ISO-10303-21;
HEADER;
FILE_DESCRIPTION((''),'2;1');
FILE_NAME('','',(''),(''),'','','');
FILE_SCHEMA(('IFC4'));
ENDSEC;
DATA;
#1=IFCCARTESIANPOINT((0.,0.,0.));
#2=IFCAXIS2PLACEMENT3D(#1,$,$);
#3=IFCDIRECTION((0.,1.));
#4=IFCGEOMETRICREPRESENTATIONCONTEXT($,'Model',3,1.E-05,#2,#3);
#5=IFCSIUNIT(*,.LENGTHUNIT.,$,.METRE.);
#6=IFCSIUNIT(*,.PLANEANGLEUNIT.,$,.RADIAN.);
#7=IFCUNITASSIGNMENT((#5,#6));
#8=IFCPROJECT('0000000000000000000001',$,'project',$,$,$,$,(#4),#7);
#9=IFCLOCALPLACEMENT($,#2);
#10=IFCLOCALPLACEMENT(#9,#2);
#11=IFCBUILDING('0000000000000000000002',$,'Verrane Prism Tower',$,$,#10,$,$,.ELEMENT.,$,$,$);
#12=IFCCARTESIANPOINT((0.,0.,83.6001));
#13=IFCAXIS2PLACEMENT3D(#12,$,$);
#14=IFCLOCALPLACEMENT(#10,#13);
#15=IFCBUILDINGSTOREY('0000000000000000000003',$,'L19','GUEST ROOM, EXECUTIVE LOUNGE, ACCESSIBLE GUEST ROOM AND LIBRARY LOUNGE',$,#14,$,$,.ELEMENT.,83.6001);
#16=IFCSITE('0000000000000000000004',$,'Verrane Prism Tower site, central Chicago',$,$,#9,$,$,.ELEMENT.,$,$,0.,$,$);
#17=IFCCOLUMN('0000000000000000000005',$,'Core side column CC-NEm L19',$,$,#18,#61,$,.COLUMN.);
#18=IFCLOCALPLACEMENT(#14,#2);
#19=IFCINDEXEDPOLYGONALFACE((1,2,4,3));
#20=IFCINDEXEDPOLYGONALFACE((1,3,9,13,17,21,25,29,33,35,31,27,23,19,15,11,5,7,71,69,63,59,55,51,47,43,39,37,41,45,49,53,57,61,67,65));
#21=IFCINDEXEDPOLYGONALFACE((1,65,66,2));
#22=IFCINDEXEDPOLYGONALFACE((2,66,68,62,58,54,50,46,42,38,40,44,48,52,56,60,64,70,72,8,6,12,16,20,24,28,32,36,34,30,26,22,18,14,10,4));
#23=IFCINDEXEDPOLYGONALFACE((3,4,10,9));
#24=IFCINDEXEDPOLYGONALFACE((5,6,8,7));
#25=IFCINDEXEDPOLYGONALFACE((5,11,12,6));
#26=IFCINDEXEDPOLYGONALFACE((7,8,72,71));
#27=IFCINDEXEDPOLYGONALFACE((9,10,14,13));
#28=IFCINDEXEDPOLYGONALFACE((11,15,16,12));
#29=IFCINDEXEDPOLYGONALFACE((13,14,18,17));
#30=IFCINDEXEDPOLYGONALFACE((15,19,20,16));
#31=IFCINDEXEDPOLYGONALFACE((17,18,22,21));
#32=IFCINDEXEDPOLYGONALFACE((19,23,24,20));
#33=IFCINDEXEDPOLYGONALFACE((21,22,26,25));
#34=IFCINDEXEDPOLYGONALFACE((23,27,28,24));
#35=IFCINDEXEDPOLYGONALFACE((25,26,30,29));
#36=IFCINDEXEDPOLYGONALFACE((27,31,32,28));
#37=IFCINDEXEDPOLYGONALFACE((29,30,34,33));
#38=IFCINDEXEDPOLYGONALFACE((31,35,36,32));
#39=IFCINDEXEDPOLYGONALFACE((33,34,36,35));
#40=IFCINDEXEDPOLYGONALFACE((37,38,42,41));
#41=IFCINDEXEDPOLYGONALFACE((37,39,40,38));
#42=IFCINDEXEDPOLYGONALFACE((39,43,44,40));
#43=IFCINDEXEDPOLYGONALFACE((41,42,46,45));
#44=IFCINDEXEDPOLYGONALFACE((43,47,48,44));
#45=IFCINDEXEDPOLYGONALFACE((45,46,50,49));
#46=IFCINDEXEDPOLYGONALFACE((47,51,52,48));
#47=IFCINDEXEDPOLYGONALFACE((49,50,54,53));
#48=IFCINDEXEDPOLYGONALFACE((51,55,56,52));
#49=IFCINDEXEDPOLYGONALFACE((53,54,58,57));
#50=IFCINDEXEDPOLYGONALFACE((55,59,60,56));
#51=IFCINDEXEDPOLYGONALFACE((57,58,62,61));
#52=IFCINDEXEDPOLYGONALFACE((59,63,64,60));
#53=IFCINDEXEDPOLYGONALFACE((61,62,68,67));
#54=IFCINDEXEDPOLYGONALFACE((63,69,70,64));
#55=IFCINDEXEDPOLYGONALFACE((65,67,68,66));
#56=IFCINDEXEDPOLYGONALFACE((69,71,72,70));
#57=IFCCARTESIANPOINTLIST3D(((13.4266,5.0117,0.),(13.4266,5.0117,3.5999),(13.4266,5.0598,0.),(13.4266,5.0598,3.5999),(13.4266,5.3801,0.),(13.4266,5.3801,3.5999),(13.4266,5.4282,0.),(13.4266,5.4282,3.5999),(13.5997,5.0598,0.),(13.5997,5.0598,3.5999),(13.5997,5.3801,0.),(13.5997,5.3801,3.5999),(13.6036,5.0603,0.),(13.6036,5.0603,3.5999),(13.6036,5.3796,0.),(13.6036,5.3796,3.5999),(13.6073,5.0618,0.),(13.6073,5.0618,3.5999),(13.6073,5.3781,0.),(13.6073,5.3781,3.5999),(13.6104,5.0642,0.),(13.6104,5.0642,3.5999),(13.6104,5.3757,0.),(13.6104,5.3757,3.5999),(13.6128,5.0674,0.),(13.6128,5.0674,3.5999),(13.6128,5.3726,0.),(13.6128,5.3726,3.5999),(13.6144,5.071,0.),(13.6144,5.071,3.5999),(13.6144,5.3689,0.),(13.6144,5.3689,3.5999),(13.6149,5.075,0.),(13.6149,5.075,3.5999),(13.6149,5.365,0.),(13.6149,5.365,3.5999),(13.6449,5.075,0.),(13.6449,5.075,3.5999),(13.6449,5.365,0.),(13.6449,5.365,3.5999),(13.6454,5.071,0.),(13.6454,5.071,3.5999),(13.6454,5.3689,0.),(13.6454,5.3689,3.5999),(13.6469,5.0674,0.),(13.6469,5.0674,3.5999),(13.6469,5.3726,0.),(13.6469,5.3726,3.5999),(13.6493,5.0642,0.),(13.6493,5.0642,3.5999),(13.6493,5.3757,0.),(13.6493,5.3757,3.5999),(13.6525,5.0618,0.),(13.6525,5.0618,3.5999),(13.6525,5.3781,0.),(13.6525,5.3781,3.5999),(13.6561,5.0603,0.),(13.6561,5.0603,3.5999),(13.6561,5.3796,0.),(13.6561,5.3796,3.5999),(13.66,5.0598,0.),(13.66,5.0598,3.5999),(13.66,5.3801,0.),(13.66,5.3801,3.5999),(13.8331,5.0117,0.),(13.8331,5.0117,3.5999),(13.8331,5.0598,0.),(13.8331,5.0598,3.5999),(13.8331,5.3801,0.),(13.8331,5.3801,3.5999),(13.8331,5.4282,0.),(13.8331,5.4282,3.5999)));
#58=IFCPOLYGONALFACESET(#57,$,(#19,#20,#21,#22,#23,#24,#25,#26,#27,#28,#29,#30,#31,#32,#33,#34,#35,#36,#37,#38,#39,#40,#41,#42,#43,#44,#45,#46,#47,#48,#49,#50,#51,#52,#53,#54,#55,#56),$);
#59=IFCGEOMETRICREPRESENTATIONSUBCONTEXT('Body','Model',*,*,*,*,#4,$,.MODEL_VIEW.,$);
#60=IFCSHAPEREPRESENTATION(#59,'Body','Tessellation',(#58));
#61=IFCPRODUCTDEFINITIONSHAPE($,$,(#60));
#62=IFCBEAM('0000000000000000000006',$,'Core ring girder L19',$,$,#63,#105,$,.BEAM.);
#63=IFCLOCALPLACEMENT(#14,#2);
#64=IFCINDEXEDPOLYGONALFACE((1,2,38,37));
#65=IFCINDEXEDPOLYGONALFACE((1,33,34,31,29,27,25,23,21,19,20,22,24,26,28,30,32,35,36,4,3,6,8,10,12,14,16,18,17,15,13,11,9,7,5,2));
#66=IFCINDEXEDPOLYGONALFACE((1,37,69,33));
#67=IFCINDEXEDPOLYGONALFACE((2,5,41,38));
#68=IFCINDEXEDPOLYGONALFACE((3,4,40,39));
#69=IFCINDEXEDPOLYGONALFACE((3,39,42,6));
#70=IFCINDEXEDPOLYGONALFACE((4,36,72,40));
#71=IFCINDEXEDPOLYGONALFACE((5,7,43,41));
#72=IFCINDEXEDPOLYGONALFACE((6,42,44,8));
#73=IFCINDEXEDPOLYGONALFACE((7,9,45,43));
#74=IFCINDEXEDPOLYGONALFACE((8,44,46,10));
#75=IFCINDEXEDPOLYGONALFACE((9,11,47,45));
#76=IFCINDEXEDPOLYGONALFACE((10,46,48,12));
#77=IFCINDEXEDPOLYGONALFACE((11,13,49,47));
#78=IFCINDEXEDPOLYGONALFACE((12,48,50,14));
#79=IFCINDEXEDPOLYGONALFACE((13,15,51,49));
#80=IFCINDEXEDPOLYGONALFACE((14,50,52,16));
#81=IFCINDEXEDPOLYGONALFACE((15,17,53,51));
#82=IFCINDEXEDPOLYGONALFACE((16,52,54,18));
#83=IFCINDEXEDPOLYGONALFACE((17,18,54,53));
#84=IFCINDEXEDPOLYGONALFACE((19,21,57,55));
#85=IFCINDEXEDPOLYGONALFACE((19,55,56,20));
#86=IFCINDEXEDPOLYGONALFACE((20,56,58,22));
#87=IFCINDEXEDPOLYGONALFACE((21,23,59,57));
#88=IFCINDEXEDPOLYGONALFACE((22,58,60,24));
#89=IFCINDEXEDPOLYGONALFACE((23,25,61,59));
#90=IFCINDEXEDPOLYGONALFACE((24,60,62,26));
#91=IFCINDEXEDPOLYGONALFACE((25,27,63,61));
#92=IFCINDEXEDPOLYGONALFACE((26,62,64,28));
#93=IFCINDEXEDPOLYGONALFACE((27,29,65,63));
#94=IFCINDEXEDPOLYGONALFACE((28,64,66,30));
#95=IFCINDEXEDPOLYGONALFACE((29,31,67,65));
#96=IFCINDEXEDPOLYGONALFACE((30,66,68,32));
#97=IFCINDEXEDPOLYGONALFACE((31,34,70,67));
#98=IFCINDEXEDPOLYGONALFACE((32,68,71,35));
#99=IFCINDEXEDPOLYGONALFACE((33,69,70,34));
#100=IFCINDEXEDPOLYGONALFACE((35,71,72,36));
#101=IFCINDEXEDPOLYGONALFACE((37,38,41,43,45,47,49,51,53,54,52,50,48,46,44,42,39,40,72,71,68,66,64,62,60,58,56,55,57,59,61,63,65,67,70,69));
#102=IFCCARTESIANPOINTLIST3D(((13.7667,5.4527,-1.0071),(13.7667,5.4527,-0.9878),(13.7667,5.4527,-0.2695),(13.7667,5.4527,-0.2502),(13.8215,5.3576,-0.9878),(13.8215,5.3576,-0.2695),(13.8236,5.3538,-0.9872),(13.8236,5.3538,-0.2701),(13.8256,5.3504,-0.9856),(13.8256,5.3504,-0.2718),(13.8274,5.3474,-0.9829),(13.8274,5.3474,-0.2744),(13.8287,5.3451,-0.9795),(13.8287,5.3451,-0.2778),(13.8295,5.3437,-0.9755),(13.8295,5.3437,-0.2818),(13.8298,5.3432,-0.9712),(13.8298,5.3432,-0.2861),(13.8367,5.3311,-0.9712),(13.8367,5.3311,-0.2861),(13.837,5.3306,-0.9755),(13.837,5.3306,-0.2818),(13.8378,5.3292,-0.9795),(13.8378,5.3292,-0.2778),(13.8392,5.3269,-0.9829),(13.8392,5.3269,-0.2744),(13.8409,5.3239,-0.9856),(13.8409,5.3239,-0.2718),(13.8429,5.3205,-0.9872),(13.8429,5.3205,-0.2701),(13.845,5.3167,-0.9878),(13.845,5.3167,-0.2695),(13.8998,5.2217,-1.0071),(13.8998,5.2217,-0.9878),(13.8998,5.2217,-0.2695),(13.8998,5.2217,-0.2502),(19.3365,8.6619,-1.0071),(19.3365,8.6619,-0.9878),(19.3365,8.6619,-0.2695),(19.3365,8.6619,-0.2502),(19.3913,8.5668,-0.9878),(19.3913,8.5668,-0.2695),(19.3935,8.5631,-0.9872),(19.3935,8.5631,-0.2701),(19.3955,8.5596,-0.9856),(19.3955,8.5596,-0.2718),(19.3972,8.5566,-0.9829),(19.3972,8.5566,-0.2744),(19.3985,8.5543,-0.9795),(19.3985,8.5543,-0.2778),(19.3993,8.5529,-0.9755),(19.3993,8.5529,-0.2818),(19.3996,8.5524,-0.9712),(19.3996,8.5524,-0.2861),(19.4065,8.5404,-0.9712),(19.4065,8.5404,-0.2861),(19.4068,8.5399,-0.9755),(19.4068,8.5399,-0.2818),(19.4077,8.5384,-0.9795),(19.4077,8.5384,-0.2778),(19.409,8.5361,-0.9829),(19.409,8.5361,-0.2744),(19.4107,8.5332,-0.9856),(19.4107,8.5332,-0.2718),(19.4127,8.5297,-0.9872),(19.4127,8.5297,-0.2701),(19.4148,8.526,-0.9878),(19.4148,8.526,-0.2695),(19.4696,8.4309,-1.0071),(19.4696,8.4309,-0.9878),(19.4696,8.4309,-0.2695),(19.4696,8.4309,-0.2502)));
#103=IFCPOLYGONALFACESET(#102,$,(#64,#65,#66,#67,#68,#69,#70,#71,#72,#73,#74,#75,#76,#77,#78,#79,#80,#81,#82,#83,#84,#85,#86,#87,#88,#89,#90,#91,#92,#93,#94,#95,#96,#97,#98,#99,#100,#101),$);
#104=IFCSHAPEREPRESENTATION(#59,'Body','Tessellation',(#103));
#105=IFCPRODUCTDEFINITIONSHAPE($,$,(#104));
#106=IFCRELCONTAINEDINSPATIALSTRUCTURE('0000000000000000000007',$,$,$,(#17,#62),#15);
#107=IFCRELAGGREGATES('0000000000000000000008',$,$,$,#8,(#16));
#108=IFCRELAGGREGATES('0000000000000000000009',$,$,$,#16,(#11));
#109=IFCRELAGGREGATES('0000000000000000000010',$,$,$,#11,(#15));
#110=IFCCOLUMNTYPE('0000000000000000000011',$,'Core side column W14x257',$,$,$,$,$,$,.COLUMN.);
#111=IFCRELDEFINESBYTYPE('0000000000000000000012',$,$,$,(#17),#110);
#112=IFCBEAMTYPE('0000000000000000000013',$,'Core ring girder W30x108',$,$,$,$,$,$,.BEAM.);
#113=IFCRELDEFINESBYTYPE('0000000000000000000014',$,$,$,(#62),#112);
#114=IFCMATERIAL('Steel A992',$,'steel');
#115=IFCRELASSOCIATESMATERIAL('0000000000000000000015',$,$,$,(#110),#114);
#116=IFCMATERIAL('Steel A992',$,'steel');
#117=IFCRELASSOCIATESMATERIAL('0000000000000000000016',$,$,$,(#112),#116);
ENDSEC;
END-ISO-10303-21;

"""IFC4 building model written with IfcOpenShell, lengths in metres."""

from ifc_helpers import new_model, si_unit, direction, frame, origin, origin_2d, place, context, subcontext, project, spatial, i_section, extrude, material, material_profile, profile_set, type_object, element, save


model = new_model("IFC4")

# Units and contexts
model_context = context("Model", 3, precision=1e-05, world=origin(), true_north=direction((0.0, 1.0)))
body_context = subcontext(model_context, "Body", "Model", "MODEL_VIEW")
ifc_project = project(units=[si_unit("LENGTHUNIT", "METRE"), si_unit("PLANEANGLEUNIT", "RADIAN")], contexts=[model_context])

# Site, building, storey
site_placement = place(None, origin())
site = spatial("IfcSite", under=ifc_project, at=site_placement, Name="Verrane Prism Tower site, central Chicago", CompositionType="ELEMENT", RefElevation=0.0)
building_placement = place(site_placement, origin())
building = spatial("IfcBuilding", under=site, at=building_placement, Name="Verrane Prism Tower", CompositionType="ELEMENT")
storey_placement = place(building_placement, frame((0.0, 0.0, 83.6001)))
storey = spatial("IfcBuildingStorey", under=building, at=storey_placement, Name="L19", Description="GUEST ROOM, EXECUTIVE LOUNGE, ACCESSIBLE GUEST ROOM AND LIBRARY LOUNGE", CompositionType="ELEMENT", Elevation=83.6001)

# Column
ifc_material_1 = material(Name="Steel A992", Category="steel")
ifc_material_profile_1 = material_profile(ifc_material_1, i_section(OverallWidth=0.4065, OverallDepth=0.4165, WebThickness=0.03, FlangeThickness=0.0481, FilletRadius=0.0151, at=origin_2d()), Name="W14x257")
ifc_profile_set_1 = profile_set([ifc_material_profile_1], Name="Steel A992")
column_type = type_object("IfcColumnType", Name="Core side column W14x257", PredefinedType="COLUMN", material=ifc_profile_set_1)
column_placement = place(storey_placement, frame((13.6299, 5.22, 0.0), z_axis=(0.0, 0.0, 1.0), x_axis=(1.0, 0.0, 0.0)))
element("IfcColumn", 1, at=column_placement, inside=storey, type_object=column_type, Name="Core side column CC-NEm L19", PredefinedType="COLUMN", context=body_context, shape_type="SweptSolid", body=[
    extrude(i_section(OverallWidth=0.4065, OverallDepth=0.4165, WebThickness=0.03, FlangeThickness=0.0481, FilletRadius=0.0151, at=origin_2d()), origin(), (0.0, 0.0, 1.0), 3.5999),
])

# Beam
ifc_material_2 = material(Name="Steel A992", Category="steel")
ifc_material_profile_2 = material_profile(ifc_material_2, i_section(OverallWidth=0.2666, OverallDepth=0.7568, WebThickness=0.0139, FlangeThickness=0.0193, FilletRadius=0.0166, at=origin_2d()), Name="W30x108")
ifc_profile_set_2 = profile_set([ifc_material_profile_2], Name="Steel A992")
beam_type = type_object("IfcBeamType", Name="Core ring girder W30x108", PredefinedType="BEAM", material=ifc_profile_set_2)
beam_placement = place(storey_placement, frame((13.8333, 5.3372, -0.6287), z_axis=(0.866464, 0.49924, 0.0), x_axis=(-0.49924, 0.866464, 0.0)))
element("IfcBeam", 2, at=beam_placement, inside=storey, type_object=beam_type, Name="Core ring girder L19", PredefinedType="BEAM", context=body_context, shape_type="SweptSolid", body=[
    extrude(i_section(OverallWidth=0.2666, OverallDepth=0.7568, WebThickness=0.0139, FlangeThickness=0.0193, FilletRadius=0.0166, at=origin_2d()), origin(), (0.0, 0.0, 1.0), 6.4282),
])

save(model, "model.ifc")
